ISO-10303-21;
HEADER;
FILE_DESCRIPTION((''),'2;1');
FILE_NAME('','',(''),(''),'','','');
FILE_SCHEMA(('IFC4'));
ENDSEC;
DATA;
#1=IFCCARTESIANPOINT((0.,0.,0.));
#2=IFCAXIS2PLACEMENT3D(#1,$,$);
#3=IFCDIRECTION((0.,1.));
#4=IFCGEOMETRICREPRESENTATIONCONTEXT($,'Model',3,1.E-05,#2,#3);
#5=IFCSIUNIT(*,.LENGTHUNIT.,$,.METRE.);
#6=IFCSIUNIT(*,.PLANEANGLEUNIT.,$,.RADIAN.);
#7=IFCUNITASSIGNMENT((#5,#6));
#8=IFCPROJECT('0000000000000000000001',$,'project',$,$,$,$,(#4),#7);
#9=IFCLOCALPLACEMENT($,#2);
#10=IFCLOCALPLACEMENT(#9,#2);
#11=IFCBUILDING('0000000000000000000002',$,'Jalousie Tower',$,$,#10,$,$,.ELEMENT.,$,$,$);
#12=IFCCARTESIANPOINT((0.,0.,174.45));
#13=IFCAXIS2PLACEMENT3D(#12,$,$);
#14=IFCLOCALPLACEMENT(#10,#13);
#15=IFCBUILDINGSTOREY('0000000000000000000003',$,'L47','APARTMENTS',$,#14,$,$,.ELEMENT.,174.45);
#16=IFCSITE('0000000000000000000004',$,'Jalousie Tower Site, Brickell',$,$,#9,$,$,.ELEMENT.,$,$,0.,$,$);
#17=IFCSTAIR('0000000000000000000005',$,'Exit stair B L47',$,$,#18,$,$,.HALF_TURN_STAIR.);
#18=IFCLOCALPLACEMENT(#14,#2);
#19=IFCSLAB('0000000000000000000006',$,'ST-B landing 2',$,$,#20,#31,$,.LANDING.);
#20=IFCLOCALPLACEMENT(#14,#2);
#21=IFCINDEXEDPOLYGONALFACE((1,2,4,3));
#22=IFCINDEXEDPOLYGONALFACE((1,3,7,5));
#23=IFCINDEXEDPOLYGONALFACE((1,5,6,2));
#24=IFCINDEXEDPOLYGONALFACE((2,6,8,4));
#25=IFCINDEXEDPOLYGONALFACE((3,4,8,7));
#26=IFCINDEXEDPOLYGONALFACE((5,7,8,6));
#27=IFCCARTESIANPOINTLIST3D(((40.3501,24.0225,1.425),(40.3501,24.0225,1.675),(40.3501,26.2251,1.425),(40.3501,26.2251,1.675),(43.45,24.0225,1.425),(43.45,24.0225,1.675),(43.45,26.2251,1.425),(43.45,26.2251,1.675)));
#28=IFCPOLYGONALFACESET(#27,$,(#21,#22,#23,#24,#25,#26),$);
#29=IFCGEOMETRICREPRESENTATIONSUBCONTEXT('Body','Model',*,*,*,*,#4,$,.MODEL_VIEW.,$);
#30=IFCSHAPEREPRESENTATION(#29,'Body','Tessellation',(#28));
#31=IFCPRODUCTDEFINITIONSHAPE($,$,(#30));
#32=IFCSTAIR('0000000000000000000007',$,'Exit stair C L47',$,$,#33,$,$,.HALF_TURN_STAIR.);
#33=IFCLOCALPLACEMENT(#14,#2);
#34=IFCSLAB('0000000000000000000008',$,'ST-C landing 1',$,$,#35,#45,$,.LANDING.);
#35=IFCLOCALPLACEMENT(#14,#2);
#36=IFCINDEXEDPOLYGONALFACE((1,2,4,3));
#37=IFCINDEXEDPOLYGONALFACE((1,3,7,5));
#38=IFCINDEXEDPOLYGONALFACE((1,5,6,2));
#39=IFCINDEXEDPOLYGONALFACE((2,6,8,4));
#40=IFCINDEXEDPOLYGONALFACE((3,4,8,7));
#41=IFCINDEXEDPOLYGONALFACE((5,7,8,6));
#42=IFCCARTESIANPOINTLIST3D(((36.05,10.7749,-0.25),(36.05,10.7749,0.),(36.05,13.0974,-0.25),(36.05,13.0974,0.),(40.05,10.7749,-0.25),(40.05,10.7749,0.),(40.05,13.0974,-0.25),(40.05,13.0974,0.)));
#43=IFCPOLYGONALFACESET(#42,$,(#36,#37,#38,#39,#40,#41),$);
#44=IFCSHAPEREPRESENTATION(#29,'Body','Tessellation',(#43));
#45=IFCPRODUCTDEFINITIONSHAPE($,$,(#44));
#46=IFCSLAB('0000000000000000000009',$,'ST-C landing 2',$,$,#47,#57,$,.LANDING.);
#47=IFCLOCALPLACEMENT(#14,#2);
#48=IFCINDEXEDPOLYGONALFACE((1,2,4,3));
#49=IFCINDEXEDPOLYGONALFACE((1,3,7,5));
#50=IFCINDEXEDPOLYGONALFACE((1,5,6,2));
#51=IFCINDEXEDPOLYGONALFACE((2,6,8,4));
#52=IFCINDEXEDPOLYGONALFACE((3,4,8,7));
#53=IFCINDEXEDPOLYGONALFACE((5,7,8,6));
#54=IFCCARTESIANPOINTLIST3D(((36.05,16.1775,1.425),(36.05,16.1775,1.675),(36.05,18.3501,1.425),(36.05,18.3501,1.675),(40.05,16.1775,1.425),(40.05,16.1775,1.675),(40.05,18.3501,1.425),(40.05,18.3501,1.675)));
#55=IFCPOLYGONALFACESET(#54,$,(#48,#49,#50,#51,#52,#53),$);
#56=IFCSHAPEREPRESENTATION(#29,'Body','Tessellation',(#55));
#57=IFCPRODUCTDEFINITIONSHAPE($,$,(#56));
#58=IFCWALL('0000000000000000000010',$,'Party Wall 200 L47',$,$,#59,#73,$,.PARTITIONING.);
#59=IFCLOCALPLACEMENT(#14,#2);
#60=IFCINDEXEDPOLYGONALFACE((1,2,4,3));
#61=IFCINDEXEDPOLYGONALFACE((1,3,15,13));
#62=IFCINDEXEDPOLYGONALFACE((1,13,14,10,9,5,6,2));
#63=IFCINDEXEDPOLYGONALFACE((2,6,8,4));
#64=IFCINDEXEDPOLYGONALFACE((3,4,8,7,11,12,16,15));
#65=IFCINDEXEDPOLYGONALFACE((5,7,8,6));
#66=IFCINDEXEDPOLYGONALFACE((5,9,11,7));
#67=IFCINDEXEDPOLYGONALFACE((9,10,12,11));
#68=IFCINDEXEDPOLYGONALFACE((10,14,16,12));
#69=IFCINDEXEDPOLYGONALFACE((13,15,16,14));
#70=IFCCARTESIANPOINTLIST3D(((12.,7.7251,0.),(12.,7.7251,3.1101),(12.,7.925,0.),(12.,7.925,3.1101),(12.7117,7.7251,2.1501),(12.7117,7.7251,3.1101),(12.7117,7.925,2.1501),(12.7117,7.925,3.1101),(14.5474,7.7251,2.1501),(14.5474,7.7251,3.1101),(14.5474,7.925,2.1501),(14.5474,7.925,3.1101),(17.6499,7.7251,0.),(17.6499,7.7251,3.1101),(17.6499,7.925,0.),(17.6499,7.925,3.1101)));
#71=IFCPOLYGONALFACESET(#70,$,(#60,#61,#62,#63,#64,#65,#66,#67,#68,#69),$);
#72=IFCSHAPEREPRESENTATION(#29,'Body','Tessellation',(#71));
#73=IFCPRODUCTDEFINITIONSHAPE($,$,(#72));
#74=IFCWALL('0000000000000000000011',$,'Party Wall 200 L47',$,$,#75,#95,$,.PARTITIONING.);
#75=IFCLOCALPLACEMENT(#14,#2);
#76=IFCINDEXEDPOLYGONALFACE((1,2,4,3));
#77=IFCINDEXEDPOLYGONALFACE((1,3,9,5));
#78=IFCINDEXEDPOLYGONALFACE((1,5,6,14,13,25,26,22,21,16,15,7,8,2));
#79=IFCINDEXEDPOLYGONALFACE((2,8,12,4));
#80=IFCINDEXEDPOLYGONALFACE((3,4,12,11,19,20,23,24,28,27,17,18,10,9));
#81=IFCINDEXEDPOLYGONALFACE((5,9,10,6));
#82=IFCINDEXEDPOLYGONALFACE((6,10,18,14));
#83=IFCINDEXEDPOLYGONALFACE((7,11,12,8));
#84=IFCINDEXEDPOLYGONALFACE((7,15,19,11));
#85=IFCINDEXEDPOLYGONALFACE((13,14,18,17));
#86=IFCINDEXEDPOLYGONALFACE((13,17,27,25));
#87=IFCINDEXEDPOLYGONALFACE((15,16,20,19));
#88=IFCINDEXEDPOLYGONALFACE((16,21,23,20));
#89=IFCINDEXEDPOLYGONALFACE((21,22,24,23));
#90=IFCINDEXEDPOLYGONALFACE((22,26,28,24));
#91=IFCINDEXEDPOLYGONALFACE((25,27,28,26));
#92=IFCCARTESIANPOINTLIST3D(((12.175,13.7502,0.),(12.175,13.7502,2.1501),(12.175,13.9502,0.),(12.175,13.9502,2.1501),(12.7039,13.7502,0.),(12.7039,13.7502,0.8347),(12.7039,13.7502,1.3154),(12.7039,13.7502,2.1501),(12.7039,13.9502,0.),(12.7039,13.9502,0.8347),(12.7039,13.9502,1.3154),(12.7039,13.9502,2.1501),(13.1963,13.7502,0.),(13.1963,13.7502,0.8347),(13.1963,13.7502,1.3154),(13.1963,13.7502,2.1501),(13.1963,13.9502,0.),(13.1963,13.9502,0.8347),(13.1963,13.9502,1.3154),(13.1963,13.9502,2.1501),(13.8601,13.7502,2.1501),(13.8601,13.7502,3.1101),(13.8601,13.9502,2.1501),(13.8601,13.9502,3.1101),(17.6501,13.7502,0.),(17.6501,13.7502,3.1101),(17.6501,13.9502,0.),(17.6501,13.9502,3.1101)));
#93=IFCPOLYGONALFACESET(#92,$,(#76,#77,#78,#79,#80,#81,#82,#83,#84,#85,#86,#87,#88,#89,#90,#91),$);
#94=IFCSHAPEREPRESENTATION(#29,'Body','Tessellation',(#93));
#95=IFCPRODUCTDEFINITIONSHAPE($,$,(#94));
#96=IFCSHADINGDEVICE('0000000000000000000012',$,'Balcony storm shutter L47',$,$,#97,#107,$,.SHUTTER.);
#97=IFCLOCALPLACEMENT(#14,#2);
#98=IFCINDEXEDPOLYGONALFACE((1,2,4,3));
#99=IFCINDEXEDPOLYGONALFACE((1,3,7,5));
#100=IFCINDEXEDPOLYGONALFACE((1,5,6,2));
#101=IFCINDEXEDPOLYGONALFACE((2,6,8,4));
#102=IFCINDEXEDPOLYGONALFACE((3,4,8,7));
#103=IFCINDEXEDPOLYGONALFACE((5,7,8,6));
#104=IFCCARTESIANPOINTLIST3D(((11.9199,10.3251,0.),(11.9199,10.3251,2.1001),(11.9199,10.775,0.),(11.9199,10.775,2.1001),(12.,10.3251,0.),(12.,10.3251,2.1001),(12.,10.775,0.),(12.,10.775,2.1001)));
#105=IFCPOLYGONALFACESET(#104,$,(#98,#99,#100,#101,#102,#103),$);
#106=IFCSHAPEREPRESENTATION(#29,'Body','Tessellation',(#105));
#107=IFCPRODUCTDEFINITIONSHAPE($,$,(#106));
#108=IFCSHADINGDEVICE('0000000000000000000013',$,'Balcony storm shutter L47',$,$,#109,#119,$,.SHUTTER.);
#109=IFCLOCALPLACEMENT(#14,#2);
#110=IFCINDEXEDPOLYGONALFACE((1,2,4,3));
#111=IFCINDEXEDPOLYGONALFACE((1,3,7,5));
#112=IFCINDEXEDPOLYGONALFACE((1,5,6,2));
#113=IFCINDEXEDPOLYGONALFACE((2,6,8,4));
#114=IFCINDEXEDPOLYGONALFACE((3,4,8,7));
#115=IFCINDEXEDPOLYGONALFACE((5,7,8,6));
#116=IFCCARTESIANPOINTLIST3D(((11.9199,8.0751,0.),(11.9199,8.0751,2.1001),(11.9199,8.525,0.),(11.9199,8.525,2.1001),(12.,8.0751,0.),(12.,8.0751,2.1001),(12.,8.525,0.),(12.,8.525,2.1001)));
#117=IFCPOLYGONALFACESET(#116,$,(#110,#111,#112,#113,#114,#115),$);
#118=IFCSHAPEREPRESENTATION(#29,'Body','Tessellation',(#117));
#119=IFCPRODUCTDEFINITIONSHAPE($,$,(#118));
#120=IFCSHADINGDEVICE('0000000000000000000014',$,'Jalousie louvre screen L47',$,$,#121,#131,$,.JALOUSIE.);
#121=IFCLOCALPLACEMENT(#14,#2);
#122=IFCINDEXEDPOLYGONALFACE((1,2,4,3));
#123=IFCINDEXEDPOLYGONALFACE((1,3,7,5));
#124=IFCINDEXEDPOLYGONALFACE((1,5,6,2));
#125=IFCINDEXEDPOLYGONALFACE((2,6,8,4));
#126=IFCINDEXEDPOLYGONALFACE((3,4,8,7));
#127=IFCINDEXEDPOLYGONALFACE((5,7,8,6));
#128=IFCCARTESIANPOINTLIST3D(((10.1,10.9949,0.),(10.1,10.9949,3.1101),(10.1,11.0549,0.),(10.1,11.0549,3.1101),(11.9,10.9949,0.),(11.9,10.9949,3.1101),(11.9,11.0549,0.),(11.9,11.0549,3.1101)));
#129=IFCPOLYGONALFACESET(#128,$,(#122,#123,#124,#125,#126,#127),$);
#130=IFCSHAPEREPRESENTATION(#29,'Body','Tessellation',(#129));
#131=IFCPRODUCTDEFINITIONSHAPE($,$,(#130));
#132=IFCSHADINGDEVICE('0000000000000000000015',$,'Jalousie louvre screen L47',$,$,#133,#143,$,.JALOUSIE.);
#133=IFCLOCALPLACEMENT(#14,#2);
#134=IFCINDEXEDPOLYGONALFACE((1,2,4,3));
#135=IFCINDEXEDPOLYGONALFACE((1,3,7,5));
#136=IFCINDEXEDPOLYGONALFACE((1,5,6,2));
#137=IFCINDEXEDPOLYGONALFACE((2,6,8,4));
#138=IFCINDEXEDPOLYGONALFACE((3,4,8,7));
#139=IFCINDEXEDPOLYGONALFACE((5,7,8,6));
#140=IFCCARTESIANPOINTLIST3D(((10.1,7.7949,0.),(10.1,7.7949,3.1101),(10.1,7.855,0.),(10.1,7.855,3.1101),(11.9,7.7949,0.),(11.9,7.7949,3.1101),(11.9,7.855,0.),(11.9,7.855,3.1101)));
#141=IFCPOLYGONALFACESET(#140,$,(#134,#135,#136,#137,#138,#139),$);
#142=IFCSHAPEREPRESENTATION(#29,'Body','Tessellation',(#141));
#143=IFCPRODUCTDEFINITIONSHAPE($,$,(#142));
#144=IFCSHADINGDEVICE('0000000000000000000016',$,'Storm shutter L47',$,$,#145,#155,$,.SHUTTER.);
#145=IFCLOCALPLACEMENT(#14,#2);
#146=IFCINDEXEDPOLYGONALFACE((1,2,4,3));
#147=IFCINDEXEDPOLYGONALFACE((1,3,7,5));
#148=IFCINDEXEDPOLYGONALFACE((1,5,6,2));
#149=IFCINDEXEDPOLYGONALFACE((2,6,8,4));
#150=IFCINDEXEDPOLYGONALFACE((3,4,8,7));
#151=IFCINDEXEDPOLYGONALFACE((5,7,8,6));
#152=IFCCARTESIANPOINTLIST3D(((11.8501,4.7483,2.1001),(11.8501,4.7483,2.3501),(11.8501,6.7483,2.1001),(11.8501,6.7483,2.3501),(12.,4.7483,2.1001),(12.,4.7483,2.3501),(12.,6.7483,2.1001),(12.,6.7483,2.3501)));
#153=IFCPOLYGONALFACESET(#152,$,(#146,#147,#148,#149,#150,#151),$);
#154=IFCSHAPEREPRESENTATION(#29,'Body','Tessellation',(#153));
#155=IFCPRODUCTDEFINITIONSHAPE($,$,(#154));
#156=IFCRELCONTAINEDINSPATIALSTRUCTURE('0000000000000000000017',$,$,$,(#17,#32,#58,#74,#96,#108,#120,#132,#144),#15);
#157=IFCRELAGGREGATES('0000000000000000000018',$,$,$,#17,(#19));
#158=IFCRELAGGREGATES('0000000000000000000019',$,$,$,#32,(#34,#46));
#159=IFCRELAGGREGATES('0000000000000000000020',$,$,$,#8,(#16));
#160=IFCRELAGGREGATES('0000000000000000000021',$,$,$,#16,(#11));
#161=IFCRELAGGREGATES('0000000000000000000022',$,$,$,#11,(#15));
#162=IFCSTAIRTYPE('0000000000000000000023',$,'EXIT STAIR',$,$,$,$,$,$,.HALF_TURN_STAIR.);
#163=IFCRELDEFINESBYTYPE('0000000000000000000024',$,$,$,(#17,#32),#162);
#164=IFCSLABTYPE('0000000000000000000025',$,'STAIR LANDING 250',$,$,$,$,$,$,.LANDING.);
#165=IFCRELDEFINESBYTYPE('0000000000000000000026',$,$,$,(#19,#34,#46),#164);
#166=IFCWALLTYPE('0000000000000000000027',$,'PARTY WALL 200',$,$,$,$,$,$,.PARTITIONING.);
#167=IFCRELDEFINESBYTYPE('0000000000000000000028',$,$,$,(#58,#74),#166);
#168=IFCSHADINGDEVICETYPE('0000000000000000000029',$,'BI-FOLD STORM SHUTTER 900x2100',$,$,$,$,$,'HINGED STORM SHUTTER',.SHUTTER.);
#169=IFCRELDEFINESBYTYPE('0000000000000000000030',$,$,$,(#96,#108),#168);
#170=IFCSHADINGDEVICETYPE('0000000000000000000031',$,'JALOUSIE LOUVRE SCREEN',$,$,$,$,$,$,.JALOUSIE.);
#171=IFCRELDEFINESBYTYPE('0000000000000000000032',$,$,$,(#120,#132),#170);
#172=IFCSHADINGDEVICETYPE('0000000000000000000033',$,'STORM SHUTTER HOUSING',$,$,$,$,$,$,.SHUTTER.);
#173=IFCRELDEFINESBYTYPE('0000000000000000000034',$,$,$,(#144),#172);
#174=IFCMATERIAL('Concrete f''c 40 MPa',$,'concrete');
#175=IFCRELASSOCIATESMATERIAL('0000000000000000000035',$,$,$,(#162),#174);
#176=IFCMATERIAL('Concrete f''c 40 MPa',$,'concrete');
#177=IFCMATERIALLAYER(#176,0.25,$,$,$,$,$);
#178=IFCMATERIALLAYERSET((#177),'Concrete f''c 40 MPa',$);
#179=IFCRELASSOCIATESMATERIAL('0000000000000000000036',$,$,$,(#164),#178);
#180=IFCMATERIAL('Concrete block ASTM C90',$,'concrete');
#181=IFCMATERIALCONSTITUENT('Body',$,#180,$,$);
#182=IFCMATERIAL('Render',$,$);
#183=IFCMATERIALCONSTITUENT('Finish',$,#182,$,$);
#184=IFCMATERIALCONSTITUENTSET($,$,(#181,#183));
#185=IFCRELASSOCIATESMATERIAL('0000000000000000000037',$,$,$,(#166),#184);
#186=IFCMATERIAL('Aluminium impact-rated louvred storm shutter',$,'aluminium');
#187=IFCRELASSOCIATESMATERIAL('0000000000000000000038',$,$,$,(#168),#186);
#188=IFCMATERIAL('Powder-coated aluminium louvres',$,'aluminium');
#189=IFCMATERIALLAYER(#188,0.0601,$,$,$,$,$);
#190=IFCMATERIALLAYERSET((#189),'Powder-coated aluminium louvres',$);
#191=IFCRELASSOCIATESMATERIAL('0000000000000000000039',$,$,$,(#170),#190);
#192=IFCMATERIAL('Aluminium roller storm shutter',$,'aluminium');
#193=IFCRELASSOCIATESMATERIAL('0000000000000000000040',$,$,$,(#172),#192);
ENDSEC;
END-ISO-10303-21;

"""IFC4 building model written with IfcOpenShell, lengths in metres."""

from ifc_helpers import new_model, si_unit, direction, frame, origin, origin_2d, place, context, subcontext, project, spatial, polyline, rectangle, outline, extrude, material, layer, layer_set, constituent, constituent_set, type_object, element, aggregate, save


model = new_model("IFC4")

# Units and contexts
model_context = context("Model", 3, precision=1e-05, world=origin(), true_north=direction((0.0, 1.0)))
body_context = subcontext(model_context, "Body", "Model", "MODEL_VIEW")
ifc_project = project(units=[si_unit("LENGTHUNIT", "METRE"), si_unit("PLANEANGLEUNIT", "RADIAN")], contexts=[model_context])

# Site, building, storey
site_placement = place(None, origin())
site = spatial("IfcSite", under=ifc_project, at=site_placement, Name="Jalousie Tower Site, Brickell", CompositionType="ELEMENT", RefElevation=0.0)
building_placement = place(site_placement, origin())
building = spatial("IfcBuilding", under=site, at=building_placement, Name="Jalousie Tower", CompositionType="ELEMENT")
storey_placement = place(building_placement, frame((0.0, 0.0, 174.45)))
storey = spatial("IfcBuildingStorey", under=building, at=storey_placement, Name="L47", Description="APARTMENTS", CompositionType="ELEMENT", Elevation=174.45)

# Stairs, slabs
ifc_material_1 = material(Name="Concrete f'c 40 MPa", Category="concrete")
stair_type = type_object("IfcStairType", Name="EXIT STAIR", PredefinedType="HALF_TURN_STAIR", material=ifc_material_1)
ifc_material_2 = material(Name="Concrete f'c 40 MPa", Category="concrete")
ifc_layer_1 = layer(ifc_material_2, 0.25)
ifc_layer_set_1 = layer_set([ifc_layer_1], Name="Concrete f'c 40 MPa")
slab_type_1 = type_object("IfcSlabType", Name="STAIR LANDING 250", PredefinedType="LANDING", material=ifc_layer_set_1)
stair_1_placement = place(storey_placement, origin())
stair_1 = element("IfcStair", 1, at=stair_1_placement, inside=storey, type_object=stair_type, Name="Exit stair B L47", PredefinedType="HALF_TURN_STAIR")
slab_1_placement = place(storey_placement, frame((0.0, 0.0, 1.425)))
slab_1 = element("IfcSlab", 2, at=slab_1_placement, type_object=slab_type_1, Name="ST-B landing 2", PredefinedType="LANDING", context=body_context, shape_type="SweptSolid", body=[
    extrude(outline(polyline([(40.3501, 24.0225), (43.45, 24.0225), (43.45, 26.2251), (40.3501, 26.2251), (40.3501, 24.0225)])), origin(), (0.0, 0.0, 1.0), 0.25),
])
aggregate(stair_1, [slab_1])
stair_2_placement = place(storey_placement, origin())
stair_2 = element("IfcStair", 3, at=stair_2_placement, inside=storey, type_object=stair_type, Name="Exit stair C L47", PredefinedType="HALF_TURN_STAIR")
slab_2_placement = place(storey_placement, frame((0.0, 0.0, -0.25)))
slab_2 = element("IfcSlab", 4, at=slab_2_placement, type_object=slab_type_1, Name="ST-C landing 1", PredefinedType="LANDING", context=body_context, shape_type="SweptSolid", body=[
    extrude(outline(polyline([(36.05, 10.7749), (40.05, 10.7749), (40.05, 13.0974), (36.05, 13.0974), (36.05, 10.7749)])), origin(), (0.0, 0.0, 1.0), 0.25),
])
slab_3_placement = place(storey_placement, frame((0.0, 0.0, 1.425)))
slab_3 = element("IfcSlab", 5, at=slab_3_placement, type_object=slab_type_1, Name="ST-C landing 2", PredefinedType="LANDING", context=body_context, shape_type="SweptSolid", body=[
    extrude(outline(polyline([(36.05, 16.1775), (40.05, 16.1775), (40.05, 18.3501), (36.05, 18.3501), (36.05, 16.1775)])), origin(), (0.0, 0.0, 1.0), 0.25),
])
aggregate(stair_2, [slab_2, slab_3])

# Walls
ifc_material_3 = material(Name="Concrete block ASTM C90", Category="concrete")
ifc_constituent_1 = constituent(ifc_material_3, Name="Body")
ifc_material_4 = material(Name="Render")
ifc_constituent_2 = constituent(ifc_material_4, Name="Finish")
ifc_constituent_set = constituent_set(constituents=[ifc_constituent_1, ifc_constituent_2])
wall_type = type_object("IfcWallType", Name="PARTY WALL 200", PredefinedType="PARTITIONING", material=ifc_constituent_set)
wall_1_placement = place(storey_placement, frame((12.0, 7.825, 0.0), z_axis=(0.0, 0.0, 1.0), x_axis=(1.0, 0.0, 0.0)))
element("IfcWall", 6, at=wall_1_placement, inside=storey, type_object=wall_type, Name="Party Wall 200 L47", PredefinedType="PARTITIONING", context=body_context, shape_type="SweptSolid", body=[
    extrude(outline(polyline([(0.0, 0.0), (5.6499, 0.0), (5.6499, 3.1101), (2.5474, 3.1101), (2.5474, 2.1501), (0.7117, 2.1501), (0.7117, 3.1101), (0.0, 3.1101), (0.0, 0.0)])), frame((0.0, 0.1001, 0.0), z_axis=(0.0, -1.0, 0.0), x_axis=(1.0, 0.0, 0.0)), (0.0, 0.0, 1.0), 0.2),
])
wall_2_placement = place(storey_placement, frame((12.175, 13.8501, 0.0), z_axis=(0.0, 0.0, 1.0), x_axis=(1.0, 0.0, 0.0)))
element("IfcWall", 7, at=wall_2_placement, inside=storey, type_object=wall_type, Name="Party Wall 200 L47", PredefinedType="PARTITIONING", context=body_context, shape_type="SweptSolid", body=[
    extrude(outline(polyline([(0.5288, 2.1501), (0.0, 2.1501), (0.0, 0.0), (0.5288, 0.0), (0.5288, 0.8347), (1.0212, 0.8347), (1.0212, 0.0), (5.4751, 0.0), (5.4751, 3.1101), (1.6851, 3.1101), (1.6851, 2.1501), (1.0212, 2.1501), (1.0212, 1.3154), (0.5288, 1.3154), (0.5288, 2.1501)])), frame((0.0, 0.1001, 0.0), z_axis=(0.0, -1.0, 0.0), x_axis=(1.0, 0.0, 0.0)), (0.0, 0.0, 1.0), 0.2),
])

# Shading devices
ifc_material_5 = material(Name="Aluminium impact-rated louvred storm shutter", Category="aluminium")
shading_device_type_1 = type_object("IfcShadingDeviceType", Name="BI-FOLD STORM SHUTTER 900x2100", ElementType="HINGED STORM SHUTTER", PredefinedType="SHUTTER", material=ifc_material_5)
for number, where, z_axis, x_axis, name in (
    (8, (11.96, 10.55, 0.0), (0.0, 0.0, 1.0), (0.0, -1.0, 0.0), "Balcony storm shutter L47"),
    (9, (11.96, 8.3, 0.0), (0.0, 0.0, 1.0), (0.0, -1.0, 0.0), "Balcony storm shutter L47"),
):
    element("IfcShadingDevice", number, at=place(storey_placement, frame(where, z_axis=z_axis, x_axis=x_axis)), inside=storey, type_object=shading_device_type_1, Name=name, PredefinedType="SHUTTER", context=body_context, shape_type="SweptSolid", body=[
        extrude(rectangle(XDim=0.45, YDim=0.0801, at=origin_2d()), origin(), (0.0, 0.0, 1.0), 2.1001),
    ])

# Shading devices
ifc_material_6 = material(Name="Powder-coated aluminium louvres", Category="aluminium")
ifc_layer_2 = layer(ifc_material_6, 0.0601)
ifc_layer_set_2 = layer_set([ifc_layer_2], Name="Powder-coated aluminium louvres")
shading_device_type_2 = type_object("IfcShadingDeviceType", Name="JALOUSIE LOUVRE SCREEN", PredefinedType="JALOUSIE", material=ifc_layer_set_2)
for number, where, z_axis, x_axis, name in (
    (10, (11.0, 11.0249, 0.0), (0.0, 0.0, 1.0), (0.0, -1.0, 0.0), "Jalousie louvre screen L47"),
    (11, (11.0, 7.825, 0.0), (0.0, 0.0, 1.0), (0.0, -1.0, 0.0), "Jalousie louvre screen L47"),
):
    element("IfcShadingDevice", number, at=place(storey_placement, frame(where, z_axis=z_axis, x_axis=x_axis)), inside=storey, type_object=shading_device_type_2, Name=name, PredefinedType="JALOUSIE", context=body_context, shape_type="SweptSolid", body=[
        extrude(rectangle(XDim=0.0601, YDim=1.8, at=origin_2d()), origin(), (0.0, 0.0, 1.0), 3.1101),
    ])
ifc_material_7 = material(Name="Aluminium roller storm shutter", Category="aluminium")
shading_device_type_3 = type_object("IfcShadingDeviceType", Name="STORM SHUTTER HOUSING", PredefinedType="SHUTTER", material=ifc_material_7)
shading_device_placement = place(storey_placement, frame((11.925, 5.7483, 2.1001), z_axis=(0.0, 0.0, 1.0), x_axis=(0.0, -1.0, 0.0)))
element("IfcShadingDevice", 12, at=shading_device_placement, inside=storey, type_object=shading_device_type_3, Name="Storm shutter L47", PredefinedType="SHUTTER", context=body_context, shape_type="SweptSolid", body=[
    extrude(rectangle(XDim=2.0, YDim=0.1499, at=origin_2d()), origin(), (0.0, 0.0, 1.0), 0.25),
])

save(model, "model.ifc")
